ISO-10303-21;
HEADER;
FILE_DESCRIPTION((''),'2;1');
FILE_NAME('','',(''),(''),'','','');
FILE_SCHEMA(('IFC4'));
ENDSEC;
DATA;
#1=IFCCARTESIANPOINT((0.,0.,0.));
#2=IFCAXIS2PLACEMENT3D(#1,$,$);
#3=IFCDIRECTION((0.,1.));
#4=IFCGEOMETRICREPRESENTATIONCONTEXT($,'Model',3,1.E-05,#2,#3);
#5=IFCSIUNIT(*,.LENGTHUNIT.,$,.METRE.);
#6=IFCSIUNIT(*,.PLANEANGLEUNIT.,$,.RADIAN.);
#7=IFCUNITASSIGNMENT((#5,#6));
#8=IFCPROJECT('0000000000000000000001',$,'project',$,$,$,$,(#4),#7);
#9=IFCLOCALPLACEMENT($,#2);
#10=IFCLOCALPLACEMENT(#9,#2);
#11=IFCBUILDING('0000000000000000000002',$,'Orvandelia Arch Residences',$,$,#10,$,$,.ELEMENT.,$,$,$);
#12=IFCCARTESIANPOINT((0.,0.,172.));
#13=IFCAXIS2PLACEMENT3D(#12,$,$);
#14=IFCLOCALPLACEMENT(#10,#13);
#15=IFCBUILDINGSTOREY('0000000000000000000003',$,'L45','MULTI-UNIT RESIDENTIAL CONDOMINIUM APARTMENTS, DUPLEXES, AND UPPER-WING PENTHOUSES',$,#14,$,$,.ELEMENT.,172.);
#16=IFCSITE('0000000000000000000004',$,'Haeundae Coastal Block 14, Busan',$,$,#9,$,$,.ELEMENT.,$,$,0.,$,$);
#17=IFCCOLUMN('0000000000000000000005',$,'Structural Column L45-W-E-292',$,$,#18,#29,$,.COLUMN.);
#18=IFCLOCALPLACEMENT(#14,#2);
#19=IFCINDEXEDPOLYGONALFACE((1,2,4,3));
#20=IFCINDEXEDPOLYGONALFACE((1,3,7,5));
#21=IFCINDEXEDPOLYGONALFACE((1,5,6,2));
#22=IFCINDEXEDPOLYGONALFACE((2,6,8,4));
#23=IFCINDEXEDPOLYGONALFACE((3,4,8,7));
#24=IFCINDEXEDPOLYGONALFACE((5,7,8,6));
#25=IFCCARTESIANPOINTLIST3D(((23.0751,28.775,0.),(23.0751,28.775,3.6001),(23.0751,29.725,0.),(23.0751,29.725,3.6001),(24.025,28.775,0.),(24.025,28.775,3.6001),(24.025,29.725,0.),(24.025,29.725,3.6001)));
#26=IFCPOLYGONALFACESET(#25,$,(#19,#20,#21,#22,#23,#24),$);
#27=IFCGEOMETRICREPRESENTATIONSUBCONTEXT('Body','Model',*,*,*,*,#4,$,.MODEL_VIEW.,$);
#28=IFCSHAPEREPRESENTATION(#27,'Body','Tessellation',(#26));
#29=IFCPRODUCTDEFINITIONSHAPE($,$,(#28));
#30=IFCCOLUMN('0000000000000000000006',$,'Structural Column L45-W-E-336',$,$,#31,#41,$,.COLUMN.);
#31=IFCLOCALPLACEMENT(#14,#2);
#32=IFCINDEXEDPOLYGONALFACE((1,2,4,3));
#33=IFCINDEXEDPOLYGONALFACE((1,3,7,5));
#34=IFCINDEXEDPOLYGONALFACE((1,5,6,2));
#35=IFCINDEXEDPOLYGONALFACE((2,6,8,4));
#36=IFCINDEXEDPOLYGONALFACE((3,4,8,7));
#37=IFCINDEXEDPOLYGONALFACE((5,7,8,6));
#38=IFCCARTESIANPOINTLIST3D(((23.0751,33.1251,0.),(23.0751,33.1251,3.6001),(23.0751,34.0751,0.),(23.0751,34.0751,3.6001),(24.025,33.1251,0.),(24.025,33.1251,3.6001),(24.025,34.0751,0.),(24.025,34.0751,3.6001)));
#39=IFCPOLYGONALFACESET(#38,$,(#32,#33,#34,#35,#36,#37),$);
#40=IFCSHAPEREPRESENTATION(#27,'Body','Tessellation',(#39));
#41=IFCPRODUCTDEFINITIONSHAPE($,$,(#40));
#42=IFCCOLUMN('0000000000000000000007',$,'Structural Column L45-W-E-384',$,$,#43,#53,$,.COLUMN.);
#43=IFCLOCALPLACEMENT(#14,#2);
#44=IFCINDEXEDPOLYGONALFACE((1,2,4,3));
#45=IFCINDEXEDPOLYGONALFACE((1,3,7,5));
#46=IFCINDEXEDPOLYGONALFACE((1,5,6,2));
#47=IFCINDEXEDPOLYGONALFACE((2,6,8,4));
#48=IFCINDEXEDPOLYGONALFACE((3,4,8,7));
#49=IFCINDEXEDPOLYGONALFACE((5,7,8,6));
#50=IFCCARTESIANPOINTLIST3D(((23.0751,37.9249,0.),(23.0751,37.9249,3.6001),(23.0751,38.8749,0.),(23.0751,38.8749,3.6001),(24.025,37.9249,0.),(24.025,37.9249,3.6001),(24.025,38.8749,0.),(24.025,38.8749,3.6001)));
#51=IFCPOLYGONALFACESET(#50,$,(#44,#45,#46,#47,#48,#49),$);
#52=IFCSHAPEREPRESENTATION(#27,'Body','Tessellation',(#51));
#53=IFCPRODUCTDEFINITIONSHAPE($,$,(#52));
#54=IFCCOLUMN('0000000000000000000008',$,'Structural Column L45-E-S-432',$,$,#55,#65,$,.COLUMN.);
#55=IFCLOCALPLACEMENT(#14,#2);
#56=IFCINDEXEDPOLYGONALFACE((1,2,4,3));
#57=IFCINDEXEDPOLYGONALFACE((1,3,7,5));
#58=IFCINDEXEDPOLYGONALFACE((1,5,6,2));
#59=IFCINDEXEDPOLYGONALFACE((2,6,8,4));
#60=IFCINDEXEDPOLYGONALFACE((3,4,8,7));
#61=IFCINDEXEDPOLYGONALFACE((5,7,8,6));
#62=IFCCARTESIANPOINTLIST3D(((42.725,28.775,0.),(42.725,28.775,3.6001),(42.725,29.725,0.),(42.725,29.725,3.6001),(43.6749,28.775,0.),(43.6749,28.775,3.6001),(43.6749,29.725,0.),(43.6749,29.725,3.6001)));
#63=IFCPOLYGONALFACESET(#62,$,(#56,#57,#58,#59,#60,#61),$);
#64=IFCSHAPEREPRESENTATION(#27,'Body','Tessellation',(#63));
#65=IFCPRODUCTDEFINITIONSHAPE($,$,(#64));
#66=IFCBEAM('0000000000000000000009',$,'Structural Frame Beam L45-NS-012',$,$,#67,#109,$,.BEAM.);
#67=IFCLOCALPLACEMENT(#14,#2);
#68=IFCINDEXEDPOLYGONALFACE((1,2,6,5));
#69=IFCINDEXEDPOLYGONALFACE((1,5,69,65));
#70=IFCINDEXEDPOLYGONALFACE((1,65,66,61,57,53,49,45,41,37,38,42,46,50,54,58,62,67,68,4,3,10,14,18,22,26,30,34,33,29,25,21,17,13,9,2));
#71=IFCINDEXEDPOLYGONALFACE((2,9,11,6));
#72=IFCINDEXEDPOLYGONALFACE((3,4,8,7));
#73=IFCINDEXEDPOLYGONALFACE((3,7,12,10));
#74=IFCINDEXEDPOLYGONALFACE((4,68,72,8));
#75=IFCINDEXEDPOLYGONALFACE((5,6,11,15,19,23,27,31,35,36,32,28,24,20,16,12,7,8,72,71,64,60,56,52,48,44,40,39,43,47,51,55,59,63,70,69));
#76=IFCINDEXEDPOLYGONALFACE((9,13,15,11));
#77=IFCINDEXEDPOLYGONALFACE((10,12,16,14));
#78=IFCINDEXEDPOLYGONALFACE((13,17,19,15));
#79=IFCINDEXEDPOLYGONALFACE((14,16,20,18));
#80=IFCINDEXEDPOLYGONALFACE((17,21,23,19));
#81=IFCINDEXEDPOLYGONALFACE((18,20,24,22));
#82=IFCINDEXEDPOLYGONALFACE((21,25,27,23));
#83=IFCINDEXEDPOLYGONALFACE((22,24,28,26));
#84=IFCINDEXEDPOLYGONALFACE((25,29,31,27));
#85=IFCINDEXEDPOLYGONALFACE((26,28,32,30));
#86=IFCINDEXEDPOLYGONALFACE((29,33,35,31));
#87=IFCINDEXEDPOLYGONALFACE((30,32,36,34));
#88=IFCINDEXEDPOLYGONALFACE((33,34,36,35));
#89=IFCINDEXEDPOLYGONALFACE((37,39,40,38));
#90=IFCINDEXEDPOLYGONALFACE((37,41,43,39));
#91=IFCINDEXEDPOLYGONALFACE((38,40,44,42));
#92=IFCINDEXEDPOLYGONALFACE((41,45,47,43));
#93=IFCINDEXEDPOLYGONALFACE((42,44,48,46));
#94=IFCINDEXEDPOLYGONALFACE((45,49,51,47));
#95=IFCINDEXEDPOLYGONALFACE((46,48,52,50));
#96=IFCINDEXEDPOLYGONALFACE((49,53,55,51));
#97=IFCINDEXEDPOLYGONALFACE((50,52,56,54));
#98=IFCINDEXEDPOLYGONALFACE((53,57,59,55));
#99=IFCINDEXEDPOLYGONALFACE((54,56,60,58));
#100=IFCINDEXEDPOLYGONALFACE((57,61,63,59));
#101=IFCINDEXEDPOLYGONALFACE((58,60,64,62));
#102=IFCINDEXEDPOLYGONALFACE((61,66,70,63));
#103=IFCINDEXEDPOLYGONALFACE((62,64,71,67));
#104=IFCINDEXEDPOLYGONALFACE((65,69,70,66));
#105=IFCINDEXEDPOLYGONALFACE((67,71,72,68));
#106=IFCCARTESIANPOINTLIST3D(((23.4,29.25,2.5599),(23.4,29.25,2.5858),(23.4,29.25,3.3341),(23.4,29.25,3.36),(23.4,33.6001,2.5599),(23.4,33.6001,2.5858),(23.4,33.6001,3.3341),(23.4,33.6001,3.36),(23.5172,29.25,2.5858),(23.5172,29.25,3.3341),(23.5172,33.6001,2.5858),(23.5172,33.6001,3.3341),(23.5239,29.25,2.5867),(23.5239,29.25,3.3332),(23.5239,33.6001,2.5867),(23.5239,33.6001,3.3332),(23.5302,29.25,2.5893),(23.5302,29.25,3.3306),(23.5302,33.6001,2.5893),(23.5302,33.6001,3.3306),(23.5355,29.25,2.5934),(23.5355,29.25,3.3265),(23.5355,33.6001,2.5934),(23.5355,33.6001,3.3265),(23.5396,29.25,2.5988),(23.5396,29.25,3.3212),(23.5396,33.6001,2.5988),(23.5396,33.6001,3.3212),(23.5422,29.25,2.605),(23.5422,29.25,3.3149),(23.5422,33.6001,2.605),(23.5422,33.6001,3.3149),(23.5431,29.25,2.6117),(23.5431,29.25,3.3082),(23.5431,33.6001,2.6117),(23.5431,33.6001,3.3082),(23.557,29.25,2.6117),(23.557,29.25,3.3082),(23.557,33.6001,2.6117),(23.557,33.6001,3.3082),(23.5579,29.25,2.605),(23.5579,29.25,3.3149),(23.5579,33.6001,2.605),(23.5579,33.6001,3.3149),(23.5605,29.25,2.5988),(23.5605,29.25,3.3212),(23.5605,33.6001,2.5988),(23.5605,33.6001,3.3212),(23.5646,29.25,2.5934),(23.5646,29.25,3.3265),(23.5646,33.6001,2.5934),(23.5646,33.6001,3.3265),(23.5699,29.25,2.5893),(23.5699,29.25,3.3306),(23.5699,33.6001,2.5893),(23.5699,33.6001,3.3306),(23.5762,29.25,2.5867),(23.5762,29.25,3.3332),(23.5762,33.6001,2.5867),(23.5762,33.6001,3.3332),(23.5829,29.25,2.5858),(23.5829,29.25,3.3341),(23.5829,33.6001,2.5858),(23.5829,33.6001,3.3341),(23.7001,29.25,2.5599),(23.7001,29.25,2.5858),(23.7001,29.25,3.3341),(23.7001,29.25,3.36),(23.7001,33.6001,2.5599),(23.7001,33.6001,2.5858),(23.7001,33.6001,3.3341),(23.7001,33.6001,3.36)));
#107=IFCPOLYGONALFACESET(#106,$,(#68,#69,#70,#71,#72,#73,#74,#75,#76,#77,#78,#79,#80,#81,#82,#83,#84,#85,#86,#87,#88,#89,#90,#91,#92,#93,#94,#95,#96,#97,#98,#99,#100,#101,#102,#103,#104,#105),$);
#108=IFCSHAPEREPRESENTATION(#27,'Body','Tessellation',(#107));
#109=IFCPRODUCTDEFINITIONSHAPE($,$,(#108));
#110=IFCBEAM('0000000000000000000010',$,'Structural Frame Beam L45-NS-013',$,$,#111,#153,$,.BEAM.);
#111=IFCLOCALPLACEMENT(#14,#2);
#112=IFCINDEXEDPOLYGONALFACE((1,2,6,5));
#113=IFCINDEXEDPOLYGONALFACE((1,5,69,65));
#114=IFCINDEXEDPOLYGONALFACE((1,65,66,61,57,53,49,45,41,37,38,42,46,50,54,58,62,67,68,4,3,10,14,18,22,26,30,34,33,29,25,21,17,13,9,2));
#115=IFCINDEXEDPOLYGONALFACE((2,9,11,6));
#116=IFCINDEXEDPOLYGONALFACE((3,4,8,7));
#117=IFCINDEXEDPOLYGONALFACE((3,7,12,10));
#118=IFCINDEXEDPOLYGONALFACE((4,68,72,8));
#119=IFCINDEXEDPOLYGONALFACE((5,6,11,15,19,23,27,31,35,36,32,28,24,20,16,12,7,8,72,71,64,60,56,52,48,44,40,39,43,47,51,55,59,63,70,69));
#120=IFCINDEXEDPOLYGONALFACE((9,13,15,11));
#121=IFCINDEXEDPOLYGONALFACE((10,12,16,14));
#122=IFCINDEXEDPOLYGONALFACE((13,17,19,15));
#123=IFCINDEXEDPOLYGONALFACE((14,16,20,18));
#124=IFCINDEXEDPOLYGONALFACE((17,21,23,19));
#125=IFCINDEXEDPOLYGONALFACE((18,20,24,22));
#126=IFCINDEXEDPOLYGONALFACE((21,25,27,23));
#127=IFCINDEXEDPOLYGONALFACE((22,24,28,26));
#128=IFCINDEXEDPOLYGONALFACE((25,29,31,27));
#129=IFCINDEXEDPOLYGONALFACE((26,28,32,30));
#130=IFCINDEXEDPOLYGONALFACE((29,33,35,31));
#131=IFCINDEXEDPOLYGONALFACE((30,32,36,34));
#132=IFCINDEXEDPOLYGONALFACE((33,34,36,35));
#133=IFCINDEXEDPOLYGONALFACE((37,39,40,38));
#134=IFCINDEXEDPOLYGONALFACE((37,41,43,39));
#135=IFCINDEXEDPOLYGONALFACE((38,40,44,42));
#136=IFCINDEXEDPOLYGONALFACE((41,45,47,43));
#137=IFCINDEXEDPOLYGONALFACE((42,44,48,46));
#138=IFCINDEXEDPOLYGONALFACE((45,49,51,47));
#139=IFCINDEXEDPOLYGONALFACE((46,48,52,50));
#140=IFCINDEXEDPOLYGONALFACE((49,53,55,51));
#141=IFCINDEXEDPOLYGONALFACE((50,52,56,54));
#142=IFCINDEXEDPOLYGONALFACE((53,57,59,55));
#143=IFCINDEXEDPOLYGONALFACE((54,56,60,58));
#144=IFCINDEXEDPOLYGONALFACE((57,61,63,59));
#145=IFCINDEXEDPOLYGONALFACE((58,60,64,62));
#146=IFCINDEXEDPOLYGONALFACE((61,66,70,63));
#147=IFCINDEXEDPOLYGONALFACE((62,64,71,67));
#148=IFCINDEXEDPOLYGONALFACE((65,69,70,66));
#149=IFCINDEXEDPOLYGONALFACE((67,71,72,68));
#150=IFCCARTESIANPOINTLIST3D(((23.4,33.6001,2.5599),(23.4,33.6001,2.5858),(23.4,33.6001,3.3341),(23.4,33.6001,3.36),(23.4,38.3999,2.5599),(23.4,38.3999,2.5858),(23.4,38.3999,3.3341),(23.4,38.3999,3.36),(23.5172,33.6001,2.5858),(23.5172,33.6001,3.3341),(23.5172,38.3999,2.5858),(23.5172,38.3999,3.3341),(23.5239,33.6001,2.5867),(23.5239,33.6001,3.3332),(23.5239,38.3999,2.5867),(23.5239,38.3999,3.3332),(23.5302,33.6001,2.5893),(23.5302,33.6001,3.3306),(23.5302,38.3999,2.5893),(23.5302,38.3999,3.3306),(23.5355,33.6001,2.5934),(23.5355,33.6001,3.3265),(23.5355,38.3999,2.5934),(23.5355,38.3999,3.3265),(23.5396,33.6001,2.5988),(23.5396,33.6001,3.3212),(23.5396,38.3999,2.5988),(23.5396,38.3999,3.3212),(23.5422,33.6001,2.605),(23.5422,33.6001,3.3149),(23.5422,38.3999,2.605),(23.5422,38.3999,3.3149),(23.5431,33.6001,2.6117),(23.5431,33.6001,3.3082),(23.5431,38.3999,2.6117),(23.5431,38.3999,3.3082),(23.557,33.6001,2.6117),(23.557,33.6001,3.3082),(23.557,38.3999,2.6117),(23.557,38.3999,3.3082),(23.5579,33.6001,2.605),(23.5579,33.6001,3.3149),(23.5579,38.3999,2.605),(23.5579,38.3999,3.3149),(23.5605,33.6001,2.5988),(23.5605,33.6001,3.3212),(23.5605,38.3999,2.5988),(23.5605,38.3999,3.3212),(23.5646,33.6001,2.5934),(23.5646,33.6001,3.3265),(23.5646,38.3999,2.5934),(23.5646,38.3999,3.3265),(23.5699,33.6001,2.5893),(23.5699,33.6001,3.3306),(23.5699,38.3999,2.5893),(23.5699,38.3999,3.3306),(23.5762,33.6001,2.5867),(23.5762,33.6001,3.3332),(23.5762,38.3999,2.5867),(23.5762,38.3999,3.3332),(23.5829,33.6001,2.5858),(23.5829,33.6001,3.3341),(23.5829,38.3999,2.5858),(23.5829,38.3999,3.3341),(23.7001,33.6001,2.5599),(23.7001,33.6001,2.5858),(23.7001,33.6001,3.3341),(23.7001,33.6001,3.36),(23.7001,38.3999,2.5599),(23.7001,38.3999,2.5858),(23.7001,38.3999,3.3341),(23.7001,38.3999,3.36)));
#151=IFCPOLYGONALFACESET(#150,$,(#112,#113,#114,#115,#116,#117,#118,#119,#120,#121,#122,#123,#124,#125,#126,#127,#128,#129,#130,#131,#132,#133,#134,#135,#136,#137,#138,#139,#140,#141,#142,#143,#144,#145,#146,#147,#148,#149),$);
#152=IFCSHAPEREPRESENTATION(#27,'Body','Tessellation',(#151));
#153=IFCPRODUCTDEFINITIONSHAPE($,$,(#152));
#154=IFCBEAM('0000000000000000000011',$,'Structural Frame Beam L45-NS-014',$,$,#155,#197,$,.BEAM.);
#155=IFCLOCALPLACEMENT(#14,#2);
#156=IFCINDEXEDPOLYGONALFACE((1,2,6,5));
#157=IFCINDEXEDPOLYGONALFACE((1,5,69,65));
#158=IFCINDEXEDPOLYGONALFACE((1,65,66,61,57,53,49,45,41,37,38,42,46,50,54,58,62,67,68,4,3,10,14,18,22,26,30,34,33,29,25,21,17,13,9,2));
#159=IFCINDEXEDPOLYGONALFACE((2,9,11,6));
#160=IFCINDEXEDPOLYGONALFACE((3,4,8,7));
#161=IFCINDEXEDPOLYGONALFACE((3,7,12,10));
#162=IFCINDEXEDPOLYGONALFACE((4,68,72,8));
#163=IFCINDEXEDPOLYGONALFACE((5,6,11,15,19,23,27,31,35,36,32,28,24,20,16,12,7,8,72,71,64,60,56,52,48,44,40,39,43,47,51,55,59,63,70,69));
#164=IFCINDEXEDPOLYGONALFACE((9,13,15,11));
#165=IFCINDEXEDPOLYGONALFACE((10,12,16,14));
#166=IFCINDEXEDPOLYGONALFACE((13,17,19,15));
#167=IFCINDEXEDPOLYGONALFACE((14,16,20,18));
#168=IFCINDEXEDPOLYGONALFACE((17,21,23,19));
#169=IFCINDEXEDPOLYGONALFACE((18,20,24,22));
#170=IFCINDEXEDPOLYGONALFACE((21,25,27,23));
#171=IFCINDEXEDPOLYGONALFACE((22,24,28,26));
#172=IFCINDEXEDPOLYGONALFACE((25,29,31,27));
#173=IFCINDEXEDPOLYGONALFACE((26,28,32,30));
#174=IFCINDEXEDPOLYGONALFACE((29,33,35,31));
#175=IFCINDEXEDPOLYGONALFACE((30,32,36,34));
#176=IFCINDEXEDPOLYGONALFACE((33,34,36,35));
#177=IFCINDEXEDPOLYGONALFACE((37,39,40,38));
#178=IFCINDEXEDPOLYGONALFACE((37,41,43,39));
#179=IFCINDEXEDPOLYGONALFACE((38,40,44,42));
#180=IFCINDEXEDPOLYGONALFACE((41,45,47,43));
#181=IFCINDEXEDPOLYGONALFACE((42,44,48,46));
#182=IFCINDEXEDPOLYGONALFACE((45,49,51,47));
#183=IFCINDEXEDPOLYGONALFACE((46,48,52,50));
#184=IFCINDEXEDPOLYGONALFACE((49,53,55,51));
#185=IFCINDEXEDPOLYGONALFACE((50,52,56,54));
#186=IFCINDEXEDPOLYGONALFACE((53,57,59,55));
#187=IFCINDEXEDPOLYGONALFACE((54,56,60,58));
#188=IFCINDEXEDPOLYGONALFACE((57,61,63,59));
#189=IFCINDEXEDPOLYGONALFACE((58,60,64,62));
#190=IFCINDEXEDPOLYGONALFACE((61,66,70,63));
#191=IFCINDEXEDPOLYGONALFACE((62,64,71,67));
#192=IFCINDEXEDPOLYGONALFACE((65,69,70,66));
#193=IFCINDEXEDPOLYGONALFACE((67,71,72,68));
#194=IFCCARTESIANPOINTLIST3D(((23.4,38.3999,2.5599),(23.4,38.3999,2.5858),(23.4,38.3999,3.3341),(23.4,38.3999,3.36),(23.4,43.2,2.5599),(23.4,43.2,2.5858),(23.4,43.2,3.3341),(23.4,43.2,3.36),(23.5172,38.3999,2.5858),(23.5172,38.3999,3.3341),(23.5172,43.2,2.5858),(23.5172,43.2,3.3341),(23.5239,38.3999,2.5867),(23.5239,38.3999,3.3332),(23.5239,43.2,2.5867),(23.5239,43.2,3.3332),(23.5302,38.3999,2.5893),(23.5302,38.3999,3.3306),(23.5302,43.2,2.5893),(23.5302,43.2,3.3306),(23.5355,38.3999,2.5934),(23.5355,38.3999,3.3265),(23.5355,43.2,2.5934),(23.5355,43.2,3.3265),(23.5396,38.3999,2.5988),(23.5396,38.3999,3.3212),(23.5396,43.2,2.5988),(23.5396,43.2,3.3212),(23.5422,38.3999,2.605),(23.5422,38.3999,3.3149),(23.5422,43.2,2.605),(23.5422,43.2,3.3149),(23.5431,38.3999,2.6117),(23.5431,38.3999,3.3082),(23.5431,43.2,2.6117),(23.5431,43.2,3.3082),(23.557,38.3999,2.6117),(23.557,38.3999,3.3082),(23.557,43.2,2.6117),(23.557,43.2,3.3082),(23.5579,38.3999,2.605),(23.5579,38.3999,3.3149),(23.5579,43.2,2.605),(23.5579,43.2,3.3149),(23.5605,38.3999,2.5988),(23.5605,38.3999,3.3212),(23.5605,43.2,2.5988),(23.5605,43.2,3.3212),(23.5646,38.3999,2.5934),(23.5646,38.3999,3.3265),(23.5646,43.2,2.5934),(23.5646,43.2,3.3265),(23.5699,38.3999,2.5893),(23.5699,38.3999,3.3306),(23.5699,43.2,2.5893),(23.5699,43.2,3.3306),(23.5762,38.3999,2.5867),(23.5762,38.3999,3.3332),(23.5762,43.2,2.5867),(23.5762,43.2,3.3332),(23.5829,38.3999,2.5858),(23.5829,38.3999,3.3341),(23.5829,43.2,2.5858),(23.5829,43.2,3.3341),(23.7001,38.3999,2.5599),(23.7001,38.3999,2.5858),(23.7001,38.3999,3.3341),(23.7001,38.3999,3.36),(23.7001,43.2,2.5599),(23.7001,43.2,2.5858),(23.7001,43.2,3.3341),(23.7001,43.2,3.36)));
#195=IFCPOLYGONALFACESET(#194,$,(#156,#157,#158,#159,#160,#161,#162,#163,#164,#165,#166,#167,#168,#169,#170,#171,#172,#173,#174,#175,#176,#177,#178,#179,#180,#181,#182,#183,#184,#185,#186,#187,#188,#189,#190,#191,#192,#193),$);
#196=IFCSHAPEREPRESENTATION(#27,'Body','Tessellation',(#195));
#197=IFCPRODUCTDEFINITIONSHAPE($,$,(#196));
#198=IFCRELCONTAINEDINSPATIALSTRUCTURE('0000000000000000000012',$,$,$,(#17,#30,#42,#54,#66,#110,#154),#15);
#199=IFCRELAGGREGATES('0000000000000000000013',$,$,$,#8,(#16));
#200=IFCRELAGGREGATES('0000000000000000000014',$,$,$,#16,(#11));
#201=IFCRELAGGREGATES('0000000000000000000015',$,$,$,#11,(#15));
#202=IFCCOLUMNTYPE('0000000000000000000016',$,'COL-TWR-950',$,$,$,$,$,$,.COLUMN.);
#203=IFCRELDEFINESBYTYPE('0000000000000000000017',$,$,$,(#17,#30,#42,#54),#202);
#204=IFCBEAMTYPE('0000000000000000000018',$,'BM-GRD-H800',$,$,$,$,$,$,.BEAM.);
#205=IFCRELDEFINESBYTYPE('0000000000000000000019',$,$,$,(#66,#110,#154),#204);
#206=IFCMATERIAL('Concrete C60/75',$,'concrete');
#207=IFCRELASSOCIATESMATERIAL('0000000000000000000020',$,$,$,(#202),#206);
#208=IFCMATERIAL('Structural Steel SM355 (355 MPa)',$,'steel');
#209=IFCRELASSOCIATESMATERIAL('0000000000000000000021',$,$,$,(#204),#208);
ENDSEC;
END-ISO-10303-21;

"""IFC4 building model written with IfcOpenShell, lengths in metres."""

from ifc_helpers import new_model, si_unit, direction, frame, origin, origin_2d, place, context, subcontext, project, spatial, rectangle, i_section, extrude, material, material_profile, profile_set, type_object, element, save


model = new_model("IFC4")

# Units and contexts
model_context = context("Model", 3, precision=1e-05, world=origin(), true_north=direction((0.0, 1.0)))
body_context = subcontext(model_context, "Body", "Model", "MODEL_VIEW")
ifc_project = project(units=[si_unit("LENGTHUNIT", "METRE"), si_unit("PLANEANGLEUNIT", "RADIAN")], contexts=[model_context])

# Site, building, storey
site_placement = place(None, origin())
site = spatial("IfcSite", under=ifc_project, at=site_placement, Name="Haeundae Coastal Block 14, Busan", CompositionType="ELEMENT", RefElevation=0.0)
building_placement = place(site_placement, origin())
building = spatial("IfcBuilding", under=site, at=building_placement, Name="Orvandelia Arch Residences", CompositionType="ELEMENT")
storey_placement = place(building_placement, frame((0.0, 0.0, 172.0)))
storey = spatial("IfcBuildingStorey", under=building, at=storey_placement, Name="L45", Description="MULTI-UNIT RESIDENTIAL CONDOMINIUM APARTMENTS, DUPLEXES, AND UPPER-WING PENTHOUSES", CompositionType="ELEMENT", Elevation=172.0)

# Columns
ifc_material_1 = material(Name="Concrete C60/75", Category="concrete")
ifc_material_profile_1 = material_profile(ifc_material_1, rectangle(XDim=0.95, YDim=0.95, at=origin_2d()), Name="Concrete C60/75", Category="concrete")
ifc_profile_set_1 = profile_set([ifc_material_profile_1], Name="Concrete C60/75")
column_type = type_object("IfcColumnType", Name="COL-TWR-950", PredefinedType="COLUMN", material=ifc_profile_set_1)
for number, where, z_axis, x_axis, name in (
    (1, (23.55, 29.25, 0.0), (0.0, 0.0, 1.0), (1.0, 0.0, 0.0), "Structural Column L45-W-E-292"),
    (2, (23.55, 33.6001, 0.0), (0.0, 0.0, 1.0), (1.0, 0.0, 0.0), "Structural Column L45-W-E-336"),
    (3, (23.55, 38.3999, 0.0), (0.0, 0.0, 1.0), (1.0, 0.0, 0.0), "Structural Column L45-W-E-384"),
    (4, (43.2, 29.25, 0.0), (0.0, 0.0, 1.0), (1.0, 0.0, 0.0), "Structural Column L45-E-S-432"),
):
    element("IfcColumn", number, at=place(storey_placement, frame(where, z_axis=z_axis, x_axis=x_axis)), inside=storey, type_object=column_type, Name=name, PredefinedType="COLUMN", context=body_context, shape_type="SweptSolid", body=[
        extrude(rectangle(XDim=0.95, YDim=0.95, at=origin_2d()), origin(), (0.0, 0.0, 1.0), 3.6001),
    ])

# Beams
ifc_material_2 = material(Name="Structural Steel SM355 (355 MPa)", Category="steel")
ifc_material_profile_2 = material_profile(ifc_material_2, i_section(OverallWidth=0.3, OverallDepth=0.8, WebThickness=0.0139, FlangeThickness=0.0259, FilletRadius=0.0259, at=origin_2d()), Name="Structural Steel SM355 (355 MPa)", Category="steel")
ifc_profile_set_2 = profile_set([ifc_material_profile_2], Name="Structural Steel SM355 (355 MPa)")
beam_type = type_object("IfcBeamType", Name="BM-GRD-H800", PredefinedType="BEAM", material=ifc_profile_set_2)
beam_1_placement = place(storey_placement, frame((23.55, 29.25, 2.96), z_axis=(0.0, 1.0, 0.0), x_axis=(-1.0, 0.0, 0.0)))
element("IfcBeam", 5, at=beam_1_placement, inside=storey, type_object=beam_type, Name="Structural Frame Beam L45-NS-012", PredefinedType="BEAM", context=body_context, shape_type="SweptSolid", body=[
    extrude(i_section(OverallWidth=0.3, OverallDepth=0.8, WebThickness=0.0139, FlangeThickness=0.0259, FilletRadius=0.0259, at=origin_2d()), origin(), (0.0, 0.0, 1.0), 4.3501),
])
beam_2_placement = place(storey_placement, frame((23.55, 33.6001, 2.96), z_axis=(0.0, 1.0, 0.0), x_axis=(-1.0, 0.0, 0.0)))
element("IfcBeam", 6, at=beam_2_placement, inside=storey, type_object=beam_type, Name="Structural Frame Beam L45-NS-013", PredefinedType="BEAM", context=body_context, shape_type="SweptSolid", body=[
    extrude(i_section(OverallWidth=0.3, OverallDepth=0.8, WebThickness=0.0139, FlangeThickness=0.0259, FilletRadius=0.0259, at=origin_2d()), origin(), (0.0, 0.0, 1.0), 4.7998),
])
beam_3_placement = place(storey_placement, frame((23.55, 38.3999, 2.96), z_axis=(0.0, 1.0, 0.0), x_axis=(-1.0, 0.0, 0.0)))
element("IfcBeam", 7, at=beam_3_placement, inside=storey, type_object=beam_type, Name="Structural Frame Beam L45-NS-014", PredefinedType="BEAM", context=body_context, shape_type="SweptSolid", body=[
    extrude(i_section(OverallWidth=0.3, OverallDepth=0.8, WebThickness=0.0139, FlangeThickness=0.0259, FilletRadius=0.0259, at=origin_2d()), origin(), (0.0, 0.0, 1.0), 4.8),
])

save(model, "model.ifc")
